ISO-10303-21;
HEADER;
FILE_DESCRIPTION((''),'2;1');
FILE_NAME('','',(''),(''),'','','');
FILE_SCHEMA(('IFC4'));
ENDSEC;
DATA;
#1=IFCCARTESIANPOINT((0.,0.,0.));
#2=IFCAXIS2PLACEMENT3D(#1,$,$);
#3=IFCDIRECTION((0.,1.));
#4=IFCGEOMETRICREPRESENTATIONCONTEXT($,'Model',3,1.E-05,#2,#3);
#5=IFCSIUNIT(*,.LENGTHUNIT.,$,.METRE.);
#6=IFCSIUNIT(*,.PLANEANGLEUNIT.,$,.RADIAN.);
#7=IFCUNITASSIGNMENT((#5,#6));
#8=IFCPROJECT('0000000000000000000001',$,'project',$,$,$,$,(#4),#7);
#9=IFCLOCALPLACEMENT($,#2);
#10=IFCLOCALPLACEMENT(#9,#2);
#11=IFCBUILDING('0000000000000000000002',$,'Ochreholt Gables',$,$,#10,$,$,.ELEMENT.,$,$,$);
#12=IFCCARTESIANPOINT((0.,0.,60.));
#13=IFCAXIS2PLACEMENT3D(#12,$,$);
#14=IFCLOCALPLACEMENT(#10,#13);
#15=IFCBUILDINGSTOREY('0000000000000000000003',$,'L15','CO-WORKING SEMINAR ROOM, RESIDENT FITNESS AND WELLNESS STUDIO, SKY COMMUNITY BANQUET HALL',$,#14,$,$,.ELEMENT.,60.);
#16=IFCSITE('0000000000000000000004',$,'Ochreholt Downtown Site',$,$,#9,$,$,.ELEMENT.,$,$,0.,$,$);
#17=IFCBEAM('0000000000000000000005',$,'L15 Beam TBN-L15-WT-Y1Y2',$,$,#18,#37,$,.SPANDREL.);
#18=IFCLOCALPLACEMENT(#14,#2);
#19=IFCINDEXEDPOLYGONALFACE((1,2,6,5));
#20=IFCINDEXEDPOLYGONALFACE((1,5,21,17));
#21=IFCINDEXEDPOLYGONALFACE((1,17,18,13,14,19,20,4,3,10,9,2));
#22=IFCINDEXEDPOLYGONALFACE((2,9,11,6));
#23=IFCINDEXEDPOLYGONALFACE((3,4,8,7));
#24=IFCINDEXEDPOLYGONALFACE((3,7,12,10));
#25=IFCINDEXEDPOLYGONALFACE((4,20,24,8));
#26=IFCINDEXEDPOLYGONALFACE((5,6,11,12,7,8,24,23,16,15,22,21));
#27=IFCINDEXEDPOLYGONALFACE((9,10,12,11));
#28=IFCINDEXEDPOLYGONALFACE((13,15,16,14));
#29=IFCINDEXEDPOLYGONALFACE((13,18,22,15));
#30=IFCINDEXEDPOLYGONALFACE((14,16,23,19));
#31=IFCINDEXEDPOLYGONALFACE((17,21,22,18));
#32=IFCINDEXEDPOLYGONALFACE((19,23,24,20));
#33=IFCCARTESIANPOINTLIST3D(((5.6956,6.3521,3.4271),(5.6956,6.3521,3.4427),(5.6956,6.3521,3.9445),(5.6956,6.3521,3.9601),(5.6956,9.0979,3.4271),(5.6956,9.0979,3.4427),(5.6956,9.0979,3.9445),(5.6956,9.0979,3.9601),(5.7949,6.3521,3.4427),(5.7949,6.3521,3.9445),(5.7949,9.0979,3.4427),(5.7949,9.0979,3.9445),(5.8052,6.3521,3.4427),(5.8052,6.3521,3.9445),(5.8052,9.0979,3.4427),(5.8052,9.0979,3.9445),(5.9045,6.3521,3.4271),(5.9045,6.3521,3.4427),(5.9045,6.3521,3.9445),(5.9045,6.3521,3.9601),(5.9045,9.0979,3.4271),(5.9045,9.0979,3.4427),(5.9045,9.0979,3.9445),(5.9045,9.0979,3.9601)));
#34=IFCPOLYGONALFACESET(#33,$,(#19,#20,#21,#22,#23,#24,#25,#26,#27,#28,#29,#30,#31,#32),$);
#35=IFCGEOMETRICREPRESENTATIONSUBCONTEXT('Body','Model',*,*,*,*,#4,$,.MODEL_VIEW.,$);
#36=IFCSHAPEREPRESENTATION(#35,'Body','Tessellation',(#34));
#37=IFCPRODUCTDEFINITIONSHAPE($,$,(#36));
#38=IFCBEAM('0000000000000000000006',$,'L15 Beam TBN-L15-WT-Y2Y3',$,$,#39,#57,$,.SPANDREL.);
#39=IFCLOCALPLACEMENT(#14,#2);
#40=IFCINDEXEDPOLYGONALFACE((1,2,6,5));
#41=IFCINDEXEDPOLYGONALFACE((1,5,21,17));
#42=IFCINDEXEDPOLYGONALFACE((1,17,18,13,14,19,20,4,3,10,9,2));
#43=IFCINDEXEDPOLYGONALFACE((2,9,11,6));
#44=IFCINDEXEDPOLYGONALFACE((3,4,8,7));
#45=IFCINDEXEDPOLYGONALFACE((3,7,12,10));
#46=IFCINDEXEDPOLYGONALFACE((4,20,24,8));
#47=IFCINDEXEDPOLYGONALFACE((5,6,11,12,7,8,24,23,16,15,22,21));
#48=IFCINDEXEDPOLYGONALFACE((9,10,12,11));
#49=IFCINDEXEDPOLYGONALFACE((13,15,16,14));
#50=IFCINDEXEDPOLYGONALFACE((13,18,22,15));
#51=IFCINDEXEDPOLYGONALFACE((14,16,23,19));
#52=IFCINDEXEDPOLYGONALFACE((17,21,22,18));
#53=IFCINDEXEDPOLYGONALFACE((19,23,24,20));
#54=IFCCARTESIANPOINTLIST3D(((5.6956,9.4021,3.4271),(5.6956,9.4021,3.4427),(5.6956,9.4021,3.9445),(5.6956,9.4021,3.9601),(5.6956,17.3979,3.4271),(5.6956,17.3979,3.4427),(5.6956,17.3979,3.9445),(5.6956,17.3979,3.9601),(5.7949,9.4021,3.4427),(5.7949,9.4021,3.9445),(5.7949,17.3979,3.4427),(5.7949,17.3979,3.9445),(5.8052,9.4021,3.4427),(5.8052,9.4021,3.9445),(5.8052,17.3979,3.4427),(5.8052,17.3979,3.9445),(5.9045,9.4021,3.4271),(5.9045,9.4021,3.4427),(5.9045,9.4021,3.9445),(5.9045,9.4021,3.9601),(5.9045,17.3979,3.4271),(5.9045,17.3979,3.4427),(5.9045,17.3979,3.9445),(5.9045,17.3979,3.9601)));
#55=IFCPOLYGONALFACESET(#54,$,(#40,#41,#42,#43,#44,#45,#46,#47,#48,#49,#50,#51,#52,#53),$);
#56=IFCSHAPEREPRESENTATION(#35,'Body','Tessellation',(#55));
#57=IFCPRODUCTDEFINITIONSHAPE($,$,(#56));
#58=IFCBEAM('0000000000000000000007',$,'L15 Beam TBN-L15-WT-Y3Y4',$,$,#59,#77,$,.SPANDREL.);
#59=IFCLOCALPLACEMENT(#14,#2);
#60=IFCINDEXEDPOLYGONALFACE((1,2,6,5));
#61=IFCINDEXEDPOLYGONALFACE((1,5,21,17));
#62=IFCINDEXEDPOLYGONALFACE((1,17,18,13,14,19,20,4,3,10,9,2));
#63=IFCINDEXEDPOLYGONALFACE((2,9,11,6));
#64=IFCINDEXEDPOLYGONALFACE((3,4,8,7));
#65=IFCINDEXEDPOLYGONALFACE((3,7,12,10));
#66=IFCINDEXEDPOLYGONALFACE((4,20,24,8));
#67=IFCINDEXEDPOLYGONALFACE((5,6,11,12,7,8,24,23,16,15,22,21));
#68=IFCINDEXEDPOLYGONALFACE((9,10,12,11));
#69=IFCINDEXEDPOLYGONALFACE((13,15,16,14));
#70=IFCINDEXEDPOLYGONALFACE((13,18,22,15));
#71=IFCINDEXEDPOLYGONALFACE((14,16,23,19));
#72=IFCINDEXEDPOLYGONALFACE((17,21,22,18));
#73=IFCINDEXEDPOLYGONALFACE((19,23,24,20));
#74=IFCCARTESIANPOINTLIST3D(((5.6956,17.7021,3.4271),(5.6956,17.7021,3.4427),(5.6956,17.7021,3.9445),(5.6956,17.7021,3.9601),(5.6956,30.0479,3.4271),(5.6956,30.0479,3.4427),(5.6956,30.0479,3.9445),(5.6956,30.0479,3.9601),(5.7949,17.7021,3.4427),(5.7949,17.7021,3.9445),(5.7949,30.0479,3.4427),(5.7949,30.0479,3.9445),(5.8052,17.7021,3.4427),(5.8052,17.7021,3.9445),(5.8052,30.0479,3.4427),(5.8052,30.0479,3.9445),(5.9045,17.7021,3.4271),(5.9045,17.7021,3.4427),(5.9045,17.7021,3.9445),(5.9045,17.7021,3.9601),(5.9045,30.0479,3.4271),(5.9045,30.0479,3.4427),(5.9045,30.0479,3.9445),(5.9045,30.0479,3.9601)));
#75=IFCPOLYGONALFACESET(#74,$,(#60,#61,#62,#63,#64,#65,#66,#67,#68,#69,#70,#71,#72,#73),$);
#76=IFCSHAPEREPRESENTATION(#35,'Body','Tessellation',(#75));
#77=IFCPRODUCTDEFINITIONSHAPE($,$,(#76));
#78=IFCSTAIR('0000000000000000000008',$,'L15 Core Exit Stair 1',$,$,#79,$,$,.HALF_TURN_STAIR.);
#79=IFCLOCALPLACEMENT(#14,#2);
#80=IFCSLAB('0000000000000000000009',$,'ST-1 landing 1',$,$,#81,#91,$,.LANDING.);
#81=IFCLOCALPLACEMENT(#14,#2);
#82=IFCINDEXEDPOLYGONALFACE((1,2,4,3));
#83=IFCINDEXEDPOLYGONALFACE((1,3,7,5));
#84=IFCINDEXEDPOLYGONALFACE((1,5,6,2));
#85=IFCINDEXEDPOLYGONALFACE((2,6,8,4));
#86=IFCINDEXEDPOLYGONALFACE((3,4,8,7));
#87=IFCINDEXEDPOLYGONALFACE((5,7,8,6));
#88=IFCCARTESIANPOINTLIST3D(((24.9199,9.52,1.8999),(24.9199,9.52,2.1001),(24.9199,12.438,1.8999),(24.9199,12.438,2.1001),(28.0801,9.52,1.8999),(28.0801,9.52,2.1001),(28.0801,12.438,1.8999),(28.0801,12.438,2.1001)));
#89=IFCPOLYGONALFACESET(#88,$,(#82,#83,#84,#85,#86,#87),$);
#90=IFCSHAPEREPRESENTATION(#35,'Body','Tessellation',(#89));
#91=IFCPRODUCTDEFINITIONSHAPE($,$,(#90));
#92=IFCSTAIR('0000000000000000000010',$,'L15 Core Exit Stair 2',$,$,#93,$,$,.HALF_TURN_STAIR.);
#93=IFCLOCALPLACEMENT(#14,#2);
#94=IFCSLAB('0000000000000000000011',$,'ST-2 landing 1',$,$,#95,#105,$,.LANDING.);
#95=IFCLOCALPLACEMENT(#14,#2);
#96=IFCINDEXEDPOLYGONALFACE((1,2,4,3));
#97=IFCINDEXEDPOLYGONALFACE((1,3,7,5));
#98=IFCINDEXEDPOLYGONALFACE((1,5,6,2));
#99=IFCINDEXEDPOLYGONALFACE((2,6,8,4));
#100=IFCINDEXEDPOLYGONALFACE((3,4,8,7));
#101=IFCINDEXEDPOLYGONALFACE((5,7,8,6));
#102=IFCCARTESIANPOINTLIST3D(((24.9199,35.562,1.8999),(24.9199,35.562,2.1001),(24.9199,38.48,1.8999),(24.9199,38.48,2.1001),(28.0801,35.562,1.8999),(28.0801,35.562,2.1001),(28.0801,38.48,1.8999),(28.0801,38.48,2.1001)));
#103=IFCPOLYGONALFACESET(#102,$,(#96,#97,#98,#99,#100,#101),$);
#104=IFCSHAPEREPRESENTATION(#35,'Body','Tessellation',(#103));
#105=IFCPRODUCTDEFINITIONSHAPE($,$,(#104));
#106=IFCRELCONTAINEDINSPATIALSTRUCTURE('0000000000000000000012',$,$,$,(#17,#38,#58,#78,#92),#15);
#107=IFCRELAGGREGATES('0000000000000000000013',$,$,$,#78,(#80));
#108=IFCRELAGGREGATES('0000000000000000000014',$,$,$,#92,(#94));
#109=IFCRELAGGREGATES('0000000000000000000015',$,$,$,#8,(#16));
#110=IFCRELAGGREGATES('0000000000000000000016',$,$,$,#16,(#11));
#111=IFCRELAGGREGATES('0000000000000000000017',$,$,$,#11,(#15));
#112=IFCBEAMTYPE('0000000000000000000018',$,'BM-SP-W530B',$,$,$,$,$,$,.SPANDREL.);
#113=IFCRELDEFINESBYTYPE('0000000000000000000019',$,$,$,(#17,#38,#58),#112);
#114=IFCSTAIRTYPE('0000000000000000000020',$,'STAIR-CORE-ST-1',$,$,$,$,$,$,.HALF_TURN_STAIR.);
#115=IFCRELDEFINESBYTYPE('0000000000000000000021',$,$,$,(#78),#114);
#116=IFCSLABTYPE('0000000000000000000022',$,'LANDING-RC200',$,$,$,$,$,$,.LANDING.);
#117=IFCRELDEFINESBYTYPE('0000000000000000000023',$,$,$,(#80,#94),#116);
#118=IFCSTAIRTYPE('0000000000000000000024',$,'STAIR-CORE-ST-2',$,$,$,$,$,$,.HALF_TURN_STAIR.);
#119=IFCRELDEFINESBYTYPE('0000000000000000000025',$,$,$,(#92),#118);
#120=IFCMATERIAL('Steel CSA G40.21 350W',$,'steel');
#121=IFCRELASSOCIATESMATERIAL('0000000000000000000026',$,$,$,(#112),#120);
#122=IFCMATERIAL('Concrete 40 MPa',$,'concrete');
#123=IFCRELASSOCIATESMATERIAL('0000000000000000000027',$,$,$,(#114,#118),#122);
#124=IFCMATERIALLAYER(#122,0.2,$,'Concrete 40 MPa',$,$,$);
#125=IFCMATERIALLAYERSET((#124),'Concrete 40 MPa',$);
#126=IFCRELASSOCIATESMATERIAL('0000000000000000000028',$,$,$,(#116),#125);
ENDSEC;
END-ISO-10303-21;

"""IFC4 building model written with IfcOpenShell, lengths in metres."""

from ifc_helpers import new_model, si_unit, direction, frame, origin, origin_2d, place, context, subcontext, project, spatial, polyline, i_section, outline, extrude, material, layer, layer_set, material_profile, profile_set, type_object, element, aggregate, save


model = new_model("IFC4")

# Units and contexts
model_context = context("Model", 3, precision=1e-05, world=origin(), true_north=direction((0.0, 1.0)))
body_context = subcontext(model_context, "Body", "Model", "MODEL_VIEW")
ifc_project = project(units=[si_unit("LENGTHUNIT", "METRE"), si_unit("PLANEANGLEUNIT", "RADIAN")], contexts=[model_context])

# Site, building, storey
site_placement = place(None, origin())
site = spatial("IfcSite", under=ifc_project, at=site_placement, Name="Ochreholt Downtown Site", CompositionType="ELEMENT", RefElevation=0.0)
building_placement = place(site_placement, origin())
building = spatial("IfcBuilding", under=site, at=building_placement, Name="Ochreholt Gables", CompositionType="ELEMENT")
storey_placement = place(building_placement, frame((0.0, 0.0, 60.0)))
storey = spatial("IfcBuildingStorey", under=building, at=storey_placement, Name="L15", Description="CO-WORKING SEMINAR ROOM, RESIDENT FITNESS AND WELLNESS STUDIO, SKY COMMUNITY BANQUET HALL", CompositionType="ELEMENT", Elevation=60.0)

# Shared definitions
ifc_material_1 = material(Name="Steel CSA G40.21 350W", Category="steel")

# Beams
ifc_material_profile_1 = material_profile(ifc_material_1, i_section(OverallWidth=0.209, OverallDepth=0.533, WebThickness=0.0103, FlangeThickness=0.0156, at=origin_2d()), Name="W530X92")
ifc_profile_set_1 = profile_set([ifc_material_profile_1], Name="Steel CSA G40.21 350W")
beam_type_1 = type_object("IfcBeamType", Name="BM-SP-W530B", PredefinedType="SPANDREL", material=ifc_profile_set_1)
beam_1_placement = place(storey_placement, frame((5.8, 6.3521, 3.6936), z_axis=(0.0, 1.0, 0.0), x_axis=(-1.0, 0.0, 0.0)))
element("IfcBeam", 1, at=beam_1_placement, inside=storey, type_object=beam_type_1, Name="L15 Beam TBN-L15-WT-Y1Y2", PredefinedType="SPANDREL", context=body_context, shape_type="SweptSolid", body=[
    extrude(i_section(OverallWidth=0.209, OverallDepth=0.533, WebThickness=0.0103, FlangeThickness=0.0156, at=origin_2d()), origin(), (0.0, 0.0, 1.0), 2.7458),
])
beam_2_placement = place(storey_placement, frame((5.8, 9.4021, 3.6936), z_axis=(0.0, 1.0, 0.0), x_axis=(-1.0, 0.0, 0.0)))
element("IfcBeam", 2, at=beam_2_placement, inside=storey, type_object=beam_type_1, Name="L15 Beam TBN-L15-WT-Y2Y3", PredefinedType="SPANDREL", context=body_context, shape_type="SweptSolid", body=[
    extrude(i_section(OverallWidth=0.209, OverallDepth=0.533, WebThickness=0.0103, FlangeThickness=0.0156, at=origin_2d()), origin(), (0.0, 0.0, 1.0), 7.9958),
])
beam_3_placement = place(storey_placement, frame((5.8, 17.7021, 3.6936), z_axis=(0.0, 1.0, 0.0), x_axis=(-1.0, 0.0, 0.0)))
element("IfcBeam", 3, at=beam_3_placement, inside=storey, type_object=beam_type_1, Name="L15 Beam TBN-L15-WT-Y3Y4", PredefinedType="SPANDREL", context=body_context, shape_type="SweptSolid", body=[
    extrude(i_section(OverallWidth=0.209, OverallDepth=0.533, WebThickness=0.0103, FlangeThickness=0.0156, at=origin_2d()), origin(), (0.0, 0.0, 1.0), 12.3457),
])

# Stairs, slabs
ifc_material_2 = material(Name="Concrete 40 MPa", Category="concrete")
stair_type_1 = type_object("IfcStairType", Name="STAIR-CORE-ST-1", PredefinedType="HALF_TURN_STAIR", material=ifc_material_2)
stair_1_placement = place(storey_placement, origin())
stair_1 = element("IfcStair", 4, at=stair_1_placement, inside=storey, type_object=stair_type_1, Name="L15 Core Exit Stair 1", PredefinedType="HALF_TURN_STAIR")
ifc_layer_1 = layer(ifc_material_2, 0.2, Name="Concrete 40 MPa")
ifc_layer_set_1 = layer_set([ifc_layer_1], Name="Concrete 40 MPa")
slab_type_1 = type_object("IfcSlabType", Name="LANDING-RC200", PredefinedType="LANDING", material=ifc_layer_set_1)
slab_1_placement = place(storey_placement, frame((0.0, 0.0, 1.8999)))
slab_1 = element("IfcSlab", 5, at=slab_1_placement, type_object=slab_type_1, Name="ST-1 landing 1", PredefinedType="LANDING", context=body_context, shape_type="SweptSolid", body=[
    extrude(outline(polyline([(24.9199, 12.438), (24.9199, 9.52), (28.0801, 9.52), (28.0801, 12.438), (24.9199, 12.438)])), origin(), (0.0, 0.0, 1.0), 0.2002),
])
aggregate(stair_1, [slab_1])
stair_type_2 = type_object("IfcStairType", Name="STAIR-CORE-ST-2", PredefinedType="HALF_TURN_STAIR", material=ifc_material_2)
stair_2_placement = place(storey_placement, origin())
stair_2 = element("IfcStair", 6, at=stair_2_placement, inside=storey, type_object=stair_type_2, Name="L15 Core Exit Stair 2", PredefinedType="HALF_TURN_STAIR")
slab_2_placement = place(storey_placement, frame((0.0, 0.0, 1.8999)))
slab_2 = element("IfcSlab", 7, at=slab_2_placement, type_object=slab_type_1, Name="ST-2 landing 1", PredefinedType="LANDING", context=body_context, shape_type="SweptSolid", body=[
    extrude(outline(polyline([(28.0801, 35.562), (28.0801, 38.48), (24.9199, 38.48), (24.9199, 35.562), (28.0801, 35.562)])), origin(), (0.0, 0.0, 1.0), 0.2002),
])
aggregate(stair_2, [slab_2])

save(model, "model.ifc")
